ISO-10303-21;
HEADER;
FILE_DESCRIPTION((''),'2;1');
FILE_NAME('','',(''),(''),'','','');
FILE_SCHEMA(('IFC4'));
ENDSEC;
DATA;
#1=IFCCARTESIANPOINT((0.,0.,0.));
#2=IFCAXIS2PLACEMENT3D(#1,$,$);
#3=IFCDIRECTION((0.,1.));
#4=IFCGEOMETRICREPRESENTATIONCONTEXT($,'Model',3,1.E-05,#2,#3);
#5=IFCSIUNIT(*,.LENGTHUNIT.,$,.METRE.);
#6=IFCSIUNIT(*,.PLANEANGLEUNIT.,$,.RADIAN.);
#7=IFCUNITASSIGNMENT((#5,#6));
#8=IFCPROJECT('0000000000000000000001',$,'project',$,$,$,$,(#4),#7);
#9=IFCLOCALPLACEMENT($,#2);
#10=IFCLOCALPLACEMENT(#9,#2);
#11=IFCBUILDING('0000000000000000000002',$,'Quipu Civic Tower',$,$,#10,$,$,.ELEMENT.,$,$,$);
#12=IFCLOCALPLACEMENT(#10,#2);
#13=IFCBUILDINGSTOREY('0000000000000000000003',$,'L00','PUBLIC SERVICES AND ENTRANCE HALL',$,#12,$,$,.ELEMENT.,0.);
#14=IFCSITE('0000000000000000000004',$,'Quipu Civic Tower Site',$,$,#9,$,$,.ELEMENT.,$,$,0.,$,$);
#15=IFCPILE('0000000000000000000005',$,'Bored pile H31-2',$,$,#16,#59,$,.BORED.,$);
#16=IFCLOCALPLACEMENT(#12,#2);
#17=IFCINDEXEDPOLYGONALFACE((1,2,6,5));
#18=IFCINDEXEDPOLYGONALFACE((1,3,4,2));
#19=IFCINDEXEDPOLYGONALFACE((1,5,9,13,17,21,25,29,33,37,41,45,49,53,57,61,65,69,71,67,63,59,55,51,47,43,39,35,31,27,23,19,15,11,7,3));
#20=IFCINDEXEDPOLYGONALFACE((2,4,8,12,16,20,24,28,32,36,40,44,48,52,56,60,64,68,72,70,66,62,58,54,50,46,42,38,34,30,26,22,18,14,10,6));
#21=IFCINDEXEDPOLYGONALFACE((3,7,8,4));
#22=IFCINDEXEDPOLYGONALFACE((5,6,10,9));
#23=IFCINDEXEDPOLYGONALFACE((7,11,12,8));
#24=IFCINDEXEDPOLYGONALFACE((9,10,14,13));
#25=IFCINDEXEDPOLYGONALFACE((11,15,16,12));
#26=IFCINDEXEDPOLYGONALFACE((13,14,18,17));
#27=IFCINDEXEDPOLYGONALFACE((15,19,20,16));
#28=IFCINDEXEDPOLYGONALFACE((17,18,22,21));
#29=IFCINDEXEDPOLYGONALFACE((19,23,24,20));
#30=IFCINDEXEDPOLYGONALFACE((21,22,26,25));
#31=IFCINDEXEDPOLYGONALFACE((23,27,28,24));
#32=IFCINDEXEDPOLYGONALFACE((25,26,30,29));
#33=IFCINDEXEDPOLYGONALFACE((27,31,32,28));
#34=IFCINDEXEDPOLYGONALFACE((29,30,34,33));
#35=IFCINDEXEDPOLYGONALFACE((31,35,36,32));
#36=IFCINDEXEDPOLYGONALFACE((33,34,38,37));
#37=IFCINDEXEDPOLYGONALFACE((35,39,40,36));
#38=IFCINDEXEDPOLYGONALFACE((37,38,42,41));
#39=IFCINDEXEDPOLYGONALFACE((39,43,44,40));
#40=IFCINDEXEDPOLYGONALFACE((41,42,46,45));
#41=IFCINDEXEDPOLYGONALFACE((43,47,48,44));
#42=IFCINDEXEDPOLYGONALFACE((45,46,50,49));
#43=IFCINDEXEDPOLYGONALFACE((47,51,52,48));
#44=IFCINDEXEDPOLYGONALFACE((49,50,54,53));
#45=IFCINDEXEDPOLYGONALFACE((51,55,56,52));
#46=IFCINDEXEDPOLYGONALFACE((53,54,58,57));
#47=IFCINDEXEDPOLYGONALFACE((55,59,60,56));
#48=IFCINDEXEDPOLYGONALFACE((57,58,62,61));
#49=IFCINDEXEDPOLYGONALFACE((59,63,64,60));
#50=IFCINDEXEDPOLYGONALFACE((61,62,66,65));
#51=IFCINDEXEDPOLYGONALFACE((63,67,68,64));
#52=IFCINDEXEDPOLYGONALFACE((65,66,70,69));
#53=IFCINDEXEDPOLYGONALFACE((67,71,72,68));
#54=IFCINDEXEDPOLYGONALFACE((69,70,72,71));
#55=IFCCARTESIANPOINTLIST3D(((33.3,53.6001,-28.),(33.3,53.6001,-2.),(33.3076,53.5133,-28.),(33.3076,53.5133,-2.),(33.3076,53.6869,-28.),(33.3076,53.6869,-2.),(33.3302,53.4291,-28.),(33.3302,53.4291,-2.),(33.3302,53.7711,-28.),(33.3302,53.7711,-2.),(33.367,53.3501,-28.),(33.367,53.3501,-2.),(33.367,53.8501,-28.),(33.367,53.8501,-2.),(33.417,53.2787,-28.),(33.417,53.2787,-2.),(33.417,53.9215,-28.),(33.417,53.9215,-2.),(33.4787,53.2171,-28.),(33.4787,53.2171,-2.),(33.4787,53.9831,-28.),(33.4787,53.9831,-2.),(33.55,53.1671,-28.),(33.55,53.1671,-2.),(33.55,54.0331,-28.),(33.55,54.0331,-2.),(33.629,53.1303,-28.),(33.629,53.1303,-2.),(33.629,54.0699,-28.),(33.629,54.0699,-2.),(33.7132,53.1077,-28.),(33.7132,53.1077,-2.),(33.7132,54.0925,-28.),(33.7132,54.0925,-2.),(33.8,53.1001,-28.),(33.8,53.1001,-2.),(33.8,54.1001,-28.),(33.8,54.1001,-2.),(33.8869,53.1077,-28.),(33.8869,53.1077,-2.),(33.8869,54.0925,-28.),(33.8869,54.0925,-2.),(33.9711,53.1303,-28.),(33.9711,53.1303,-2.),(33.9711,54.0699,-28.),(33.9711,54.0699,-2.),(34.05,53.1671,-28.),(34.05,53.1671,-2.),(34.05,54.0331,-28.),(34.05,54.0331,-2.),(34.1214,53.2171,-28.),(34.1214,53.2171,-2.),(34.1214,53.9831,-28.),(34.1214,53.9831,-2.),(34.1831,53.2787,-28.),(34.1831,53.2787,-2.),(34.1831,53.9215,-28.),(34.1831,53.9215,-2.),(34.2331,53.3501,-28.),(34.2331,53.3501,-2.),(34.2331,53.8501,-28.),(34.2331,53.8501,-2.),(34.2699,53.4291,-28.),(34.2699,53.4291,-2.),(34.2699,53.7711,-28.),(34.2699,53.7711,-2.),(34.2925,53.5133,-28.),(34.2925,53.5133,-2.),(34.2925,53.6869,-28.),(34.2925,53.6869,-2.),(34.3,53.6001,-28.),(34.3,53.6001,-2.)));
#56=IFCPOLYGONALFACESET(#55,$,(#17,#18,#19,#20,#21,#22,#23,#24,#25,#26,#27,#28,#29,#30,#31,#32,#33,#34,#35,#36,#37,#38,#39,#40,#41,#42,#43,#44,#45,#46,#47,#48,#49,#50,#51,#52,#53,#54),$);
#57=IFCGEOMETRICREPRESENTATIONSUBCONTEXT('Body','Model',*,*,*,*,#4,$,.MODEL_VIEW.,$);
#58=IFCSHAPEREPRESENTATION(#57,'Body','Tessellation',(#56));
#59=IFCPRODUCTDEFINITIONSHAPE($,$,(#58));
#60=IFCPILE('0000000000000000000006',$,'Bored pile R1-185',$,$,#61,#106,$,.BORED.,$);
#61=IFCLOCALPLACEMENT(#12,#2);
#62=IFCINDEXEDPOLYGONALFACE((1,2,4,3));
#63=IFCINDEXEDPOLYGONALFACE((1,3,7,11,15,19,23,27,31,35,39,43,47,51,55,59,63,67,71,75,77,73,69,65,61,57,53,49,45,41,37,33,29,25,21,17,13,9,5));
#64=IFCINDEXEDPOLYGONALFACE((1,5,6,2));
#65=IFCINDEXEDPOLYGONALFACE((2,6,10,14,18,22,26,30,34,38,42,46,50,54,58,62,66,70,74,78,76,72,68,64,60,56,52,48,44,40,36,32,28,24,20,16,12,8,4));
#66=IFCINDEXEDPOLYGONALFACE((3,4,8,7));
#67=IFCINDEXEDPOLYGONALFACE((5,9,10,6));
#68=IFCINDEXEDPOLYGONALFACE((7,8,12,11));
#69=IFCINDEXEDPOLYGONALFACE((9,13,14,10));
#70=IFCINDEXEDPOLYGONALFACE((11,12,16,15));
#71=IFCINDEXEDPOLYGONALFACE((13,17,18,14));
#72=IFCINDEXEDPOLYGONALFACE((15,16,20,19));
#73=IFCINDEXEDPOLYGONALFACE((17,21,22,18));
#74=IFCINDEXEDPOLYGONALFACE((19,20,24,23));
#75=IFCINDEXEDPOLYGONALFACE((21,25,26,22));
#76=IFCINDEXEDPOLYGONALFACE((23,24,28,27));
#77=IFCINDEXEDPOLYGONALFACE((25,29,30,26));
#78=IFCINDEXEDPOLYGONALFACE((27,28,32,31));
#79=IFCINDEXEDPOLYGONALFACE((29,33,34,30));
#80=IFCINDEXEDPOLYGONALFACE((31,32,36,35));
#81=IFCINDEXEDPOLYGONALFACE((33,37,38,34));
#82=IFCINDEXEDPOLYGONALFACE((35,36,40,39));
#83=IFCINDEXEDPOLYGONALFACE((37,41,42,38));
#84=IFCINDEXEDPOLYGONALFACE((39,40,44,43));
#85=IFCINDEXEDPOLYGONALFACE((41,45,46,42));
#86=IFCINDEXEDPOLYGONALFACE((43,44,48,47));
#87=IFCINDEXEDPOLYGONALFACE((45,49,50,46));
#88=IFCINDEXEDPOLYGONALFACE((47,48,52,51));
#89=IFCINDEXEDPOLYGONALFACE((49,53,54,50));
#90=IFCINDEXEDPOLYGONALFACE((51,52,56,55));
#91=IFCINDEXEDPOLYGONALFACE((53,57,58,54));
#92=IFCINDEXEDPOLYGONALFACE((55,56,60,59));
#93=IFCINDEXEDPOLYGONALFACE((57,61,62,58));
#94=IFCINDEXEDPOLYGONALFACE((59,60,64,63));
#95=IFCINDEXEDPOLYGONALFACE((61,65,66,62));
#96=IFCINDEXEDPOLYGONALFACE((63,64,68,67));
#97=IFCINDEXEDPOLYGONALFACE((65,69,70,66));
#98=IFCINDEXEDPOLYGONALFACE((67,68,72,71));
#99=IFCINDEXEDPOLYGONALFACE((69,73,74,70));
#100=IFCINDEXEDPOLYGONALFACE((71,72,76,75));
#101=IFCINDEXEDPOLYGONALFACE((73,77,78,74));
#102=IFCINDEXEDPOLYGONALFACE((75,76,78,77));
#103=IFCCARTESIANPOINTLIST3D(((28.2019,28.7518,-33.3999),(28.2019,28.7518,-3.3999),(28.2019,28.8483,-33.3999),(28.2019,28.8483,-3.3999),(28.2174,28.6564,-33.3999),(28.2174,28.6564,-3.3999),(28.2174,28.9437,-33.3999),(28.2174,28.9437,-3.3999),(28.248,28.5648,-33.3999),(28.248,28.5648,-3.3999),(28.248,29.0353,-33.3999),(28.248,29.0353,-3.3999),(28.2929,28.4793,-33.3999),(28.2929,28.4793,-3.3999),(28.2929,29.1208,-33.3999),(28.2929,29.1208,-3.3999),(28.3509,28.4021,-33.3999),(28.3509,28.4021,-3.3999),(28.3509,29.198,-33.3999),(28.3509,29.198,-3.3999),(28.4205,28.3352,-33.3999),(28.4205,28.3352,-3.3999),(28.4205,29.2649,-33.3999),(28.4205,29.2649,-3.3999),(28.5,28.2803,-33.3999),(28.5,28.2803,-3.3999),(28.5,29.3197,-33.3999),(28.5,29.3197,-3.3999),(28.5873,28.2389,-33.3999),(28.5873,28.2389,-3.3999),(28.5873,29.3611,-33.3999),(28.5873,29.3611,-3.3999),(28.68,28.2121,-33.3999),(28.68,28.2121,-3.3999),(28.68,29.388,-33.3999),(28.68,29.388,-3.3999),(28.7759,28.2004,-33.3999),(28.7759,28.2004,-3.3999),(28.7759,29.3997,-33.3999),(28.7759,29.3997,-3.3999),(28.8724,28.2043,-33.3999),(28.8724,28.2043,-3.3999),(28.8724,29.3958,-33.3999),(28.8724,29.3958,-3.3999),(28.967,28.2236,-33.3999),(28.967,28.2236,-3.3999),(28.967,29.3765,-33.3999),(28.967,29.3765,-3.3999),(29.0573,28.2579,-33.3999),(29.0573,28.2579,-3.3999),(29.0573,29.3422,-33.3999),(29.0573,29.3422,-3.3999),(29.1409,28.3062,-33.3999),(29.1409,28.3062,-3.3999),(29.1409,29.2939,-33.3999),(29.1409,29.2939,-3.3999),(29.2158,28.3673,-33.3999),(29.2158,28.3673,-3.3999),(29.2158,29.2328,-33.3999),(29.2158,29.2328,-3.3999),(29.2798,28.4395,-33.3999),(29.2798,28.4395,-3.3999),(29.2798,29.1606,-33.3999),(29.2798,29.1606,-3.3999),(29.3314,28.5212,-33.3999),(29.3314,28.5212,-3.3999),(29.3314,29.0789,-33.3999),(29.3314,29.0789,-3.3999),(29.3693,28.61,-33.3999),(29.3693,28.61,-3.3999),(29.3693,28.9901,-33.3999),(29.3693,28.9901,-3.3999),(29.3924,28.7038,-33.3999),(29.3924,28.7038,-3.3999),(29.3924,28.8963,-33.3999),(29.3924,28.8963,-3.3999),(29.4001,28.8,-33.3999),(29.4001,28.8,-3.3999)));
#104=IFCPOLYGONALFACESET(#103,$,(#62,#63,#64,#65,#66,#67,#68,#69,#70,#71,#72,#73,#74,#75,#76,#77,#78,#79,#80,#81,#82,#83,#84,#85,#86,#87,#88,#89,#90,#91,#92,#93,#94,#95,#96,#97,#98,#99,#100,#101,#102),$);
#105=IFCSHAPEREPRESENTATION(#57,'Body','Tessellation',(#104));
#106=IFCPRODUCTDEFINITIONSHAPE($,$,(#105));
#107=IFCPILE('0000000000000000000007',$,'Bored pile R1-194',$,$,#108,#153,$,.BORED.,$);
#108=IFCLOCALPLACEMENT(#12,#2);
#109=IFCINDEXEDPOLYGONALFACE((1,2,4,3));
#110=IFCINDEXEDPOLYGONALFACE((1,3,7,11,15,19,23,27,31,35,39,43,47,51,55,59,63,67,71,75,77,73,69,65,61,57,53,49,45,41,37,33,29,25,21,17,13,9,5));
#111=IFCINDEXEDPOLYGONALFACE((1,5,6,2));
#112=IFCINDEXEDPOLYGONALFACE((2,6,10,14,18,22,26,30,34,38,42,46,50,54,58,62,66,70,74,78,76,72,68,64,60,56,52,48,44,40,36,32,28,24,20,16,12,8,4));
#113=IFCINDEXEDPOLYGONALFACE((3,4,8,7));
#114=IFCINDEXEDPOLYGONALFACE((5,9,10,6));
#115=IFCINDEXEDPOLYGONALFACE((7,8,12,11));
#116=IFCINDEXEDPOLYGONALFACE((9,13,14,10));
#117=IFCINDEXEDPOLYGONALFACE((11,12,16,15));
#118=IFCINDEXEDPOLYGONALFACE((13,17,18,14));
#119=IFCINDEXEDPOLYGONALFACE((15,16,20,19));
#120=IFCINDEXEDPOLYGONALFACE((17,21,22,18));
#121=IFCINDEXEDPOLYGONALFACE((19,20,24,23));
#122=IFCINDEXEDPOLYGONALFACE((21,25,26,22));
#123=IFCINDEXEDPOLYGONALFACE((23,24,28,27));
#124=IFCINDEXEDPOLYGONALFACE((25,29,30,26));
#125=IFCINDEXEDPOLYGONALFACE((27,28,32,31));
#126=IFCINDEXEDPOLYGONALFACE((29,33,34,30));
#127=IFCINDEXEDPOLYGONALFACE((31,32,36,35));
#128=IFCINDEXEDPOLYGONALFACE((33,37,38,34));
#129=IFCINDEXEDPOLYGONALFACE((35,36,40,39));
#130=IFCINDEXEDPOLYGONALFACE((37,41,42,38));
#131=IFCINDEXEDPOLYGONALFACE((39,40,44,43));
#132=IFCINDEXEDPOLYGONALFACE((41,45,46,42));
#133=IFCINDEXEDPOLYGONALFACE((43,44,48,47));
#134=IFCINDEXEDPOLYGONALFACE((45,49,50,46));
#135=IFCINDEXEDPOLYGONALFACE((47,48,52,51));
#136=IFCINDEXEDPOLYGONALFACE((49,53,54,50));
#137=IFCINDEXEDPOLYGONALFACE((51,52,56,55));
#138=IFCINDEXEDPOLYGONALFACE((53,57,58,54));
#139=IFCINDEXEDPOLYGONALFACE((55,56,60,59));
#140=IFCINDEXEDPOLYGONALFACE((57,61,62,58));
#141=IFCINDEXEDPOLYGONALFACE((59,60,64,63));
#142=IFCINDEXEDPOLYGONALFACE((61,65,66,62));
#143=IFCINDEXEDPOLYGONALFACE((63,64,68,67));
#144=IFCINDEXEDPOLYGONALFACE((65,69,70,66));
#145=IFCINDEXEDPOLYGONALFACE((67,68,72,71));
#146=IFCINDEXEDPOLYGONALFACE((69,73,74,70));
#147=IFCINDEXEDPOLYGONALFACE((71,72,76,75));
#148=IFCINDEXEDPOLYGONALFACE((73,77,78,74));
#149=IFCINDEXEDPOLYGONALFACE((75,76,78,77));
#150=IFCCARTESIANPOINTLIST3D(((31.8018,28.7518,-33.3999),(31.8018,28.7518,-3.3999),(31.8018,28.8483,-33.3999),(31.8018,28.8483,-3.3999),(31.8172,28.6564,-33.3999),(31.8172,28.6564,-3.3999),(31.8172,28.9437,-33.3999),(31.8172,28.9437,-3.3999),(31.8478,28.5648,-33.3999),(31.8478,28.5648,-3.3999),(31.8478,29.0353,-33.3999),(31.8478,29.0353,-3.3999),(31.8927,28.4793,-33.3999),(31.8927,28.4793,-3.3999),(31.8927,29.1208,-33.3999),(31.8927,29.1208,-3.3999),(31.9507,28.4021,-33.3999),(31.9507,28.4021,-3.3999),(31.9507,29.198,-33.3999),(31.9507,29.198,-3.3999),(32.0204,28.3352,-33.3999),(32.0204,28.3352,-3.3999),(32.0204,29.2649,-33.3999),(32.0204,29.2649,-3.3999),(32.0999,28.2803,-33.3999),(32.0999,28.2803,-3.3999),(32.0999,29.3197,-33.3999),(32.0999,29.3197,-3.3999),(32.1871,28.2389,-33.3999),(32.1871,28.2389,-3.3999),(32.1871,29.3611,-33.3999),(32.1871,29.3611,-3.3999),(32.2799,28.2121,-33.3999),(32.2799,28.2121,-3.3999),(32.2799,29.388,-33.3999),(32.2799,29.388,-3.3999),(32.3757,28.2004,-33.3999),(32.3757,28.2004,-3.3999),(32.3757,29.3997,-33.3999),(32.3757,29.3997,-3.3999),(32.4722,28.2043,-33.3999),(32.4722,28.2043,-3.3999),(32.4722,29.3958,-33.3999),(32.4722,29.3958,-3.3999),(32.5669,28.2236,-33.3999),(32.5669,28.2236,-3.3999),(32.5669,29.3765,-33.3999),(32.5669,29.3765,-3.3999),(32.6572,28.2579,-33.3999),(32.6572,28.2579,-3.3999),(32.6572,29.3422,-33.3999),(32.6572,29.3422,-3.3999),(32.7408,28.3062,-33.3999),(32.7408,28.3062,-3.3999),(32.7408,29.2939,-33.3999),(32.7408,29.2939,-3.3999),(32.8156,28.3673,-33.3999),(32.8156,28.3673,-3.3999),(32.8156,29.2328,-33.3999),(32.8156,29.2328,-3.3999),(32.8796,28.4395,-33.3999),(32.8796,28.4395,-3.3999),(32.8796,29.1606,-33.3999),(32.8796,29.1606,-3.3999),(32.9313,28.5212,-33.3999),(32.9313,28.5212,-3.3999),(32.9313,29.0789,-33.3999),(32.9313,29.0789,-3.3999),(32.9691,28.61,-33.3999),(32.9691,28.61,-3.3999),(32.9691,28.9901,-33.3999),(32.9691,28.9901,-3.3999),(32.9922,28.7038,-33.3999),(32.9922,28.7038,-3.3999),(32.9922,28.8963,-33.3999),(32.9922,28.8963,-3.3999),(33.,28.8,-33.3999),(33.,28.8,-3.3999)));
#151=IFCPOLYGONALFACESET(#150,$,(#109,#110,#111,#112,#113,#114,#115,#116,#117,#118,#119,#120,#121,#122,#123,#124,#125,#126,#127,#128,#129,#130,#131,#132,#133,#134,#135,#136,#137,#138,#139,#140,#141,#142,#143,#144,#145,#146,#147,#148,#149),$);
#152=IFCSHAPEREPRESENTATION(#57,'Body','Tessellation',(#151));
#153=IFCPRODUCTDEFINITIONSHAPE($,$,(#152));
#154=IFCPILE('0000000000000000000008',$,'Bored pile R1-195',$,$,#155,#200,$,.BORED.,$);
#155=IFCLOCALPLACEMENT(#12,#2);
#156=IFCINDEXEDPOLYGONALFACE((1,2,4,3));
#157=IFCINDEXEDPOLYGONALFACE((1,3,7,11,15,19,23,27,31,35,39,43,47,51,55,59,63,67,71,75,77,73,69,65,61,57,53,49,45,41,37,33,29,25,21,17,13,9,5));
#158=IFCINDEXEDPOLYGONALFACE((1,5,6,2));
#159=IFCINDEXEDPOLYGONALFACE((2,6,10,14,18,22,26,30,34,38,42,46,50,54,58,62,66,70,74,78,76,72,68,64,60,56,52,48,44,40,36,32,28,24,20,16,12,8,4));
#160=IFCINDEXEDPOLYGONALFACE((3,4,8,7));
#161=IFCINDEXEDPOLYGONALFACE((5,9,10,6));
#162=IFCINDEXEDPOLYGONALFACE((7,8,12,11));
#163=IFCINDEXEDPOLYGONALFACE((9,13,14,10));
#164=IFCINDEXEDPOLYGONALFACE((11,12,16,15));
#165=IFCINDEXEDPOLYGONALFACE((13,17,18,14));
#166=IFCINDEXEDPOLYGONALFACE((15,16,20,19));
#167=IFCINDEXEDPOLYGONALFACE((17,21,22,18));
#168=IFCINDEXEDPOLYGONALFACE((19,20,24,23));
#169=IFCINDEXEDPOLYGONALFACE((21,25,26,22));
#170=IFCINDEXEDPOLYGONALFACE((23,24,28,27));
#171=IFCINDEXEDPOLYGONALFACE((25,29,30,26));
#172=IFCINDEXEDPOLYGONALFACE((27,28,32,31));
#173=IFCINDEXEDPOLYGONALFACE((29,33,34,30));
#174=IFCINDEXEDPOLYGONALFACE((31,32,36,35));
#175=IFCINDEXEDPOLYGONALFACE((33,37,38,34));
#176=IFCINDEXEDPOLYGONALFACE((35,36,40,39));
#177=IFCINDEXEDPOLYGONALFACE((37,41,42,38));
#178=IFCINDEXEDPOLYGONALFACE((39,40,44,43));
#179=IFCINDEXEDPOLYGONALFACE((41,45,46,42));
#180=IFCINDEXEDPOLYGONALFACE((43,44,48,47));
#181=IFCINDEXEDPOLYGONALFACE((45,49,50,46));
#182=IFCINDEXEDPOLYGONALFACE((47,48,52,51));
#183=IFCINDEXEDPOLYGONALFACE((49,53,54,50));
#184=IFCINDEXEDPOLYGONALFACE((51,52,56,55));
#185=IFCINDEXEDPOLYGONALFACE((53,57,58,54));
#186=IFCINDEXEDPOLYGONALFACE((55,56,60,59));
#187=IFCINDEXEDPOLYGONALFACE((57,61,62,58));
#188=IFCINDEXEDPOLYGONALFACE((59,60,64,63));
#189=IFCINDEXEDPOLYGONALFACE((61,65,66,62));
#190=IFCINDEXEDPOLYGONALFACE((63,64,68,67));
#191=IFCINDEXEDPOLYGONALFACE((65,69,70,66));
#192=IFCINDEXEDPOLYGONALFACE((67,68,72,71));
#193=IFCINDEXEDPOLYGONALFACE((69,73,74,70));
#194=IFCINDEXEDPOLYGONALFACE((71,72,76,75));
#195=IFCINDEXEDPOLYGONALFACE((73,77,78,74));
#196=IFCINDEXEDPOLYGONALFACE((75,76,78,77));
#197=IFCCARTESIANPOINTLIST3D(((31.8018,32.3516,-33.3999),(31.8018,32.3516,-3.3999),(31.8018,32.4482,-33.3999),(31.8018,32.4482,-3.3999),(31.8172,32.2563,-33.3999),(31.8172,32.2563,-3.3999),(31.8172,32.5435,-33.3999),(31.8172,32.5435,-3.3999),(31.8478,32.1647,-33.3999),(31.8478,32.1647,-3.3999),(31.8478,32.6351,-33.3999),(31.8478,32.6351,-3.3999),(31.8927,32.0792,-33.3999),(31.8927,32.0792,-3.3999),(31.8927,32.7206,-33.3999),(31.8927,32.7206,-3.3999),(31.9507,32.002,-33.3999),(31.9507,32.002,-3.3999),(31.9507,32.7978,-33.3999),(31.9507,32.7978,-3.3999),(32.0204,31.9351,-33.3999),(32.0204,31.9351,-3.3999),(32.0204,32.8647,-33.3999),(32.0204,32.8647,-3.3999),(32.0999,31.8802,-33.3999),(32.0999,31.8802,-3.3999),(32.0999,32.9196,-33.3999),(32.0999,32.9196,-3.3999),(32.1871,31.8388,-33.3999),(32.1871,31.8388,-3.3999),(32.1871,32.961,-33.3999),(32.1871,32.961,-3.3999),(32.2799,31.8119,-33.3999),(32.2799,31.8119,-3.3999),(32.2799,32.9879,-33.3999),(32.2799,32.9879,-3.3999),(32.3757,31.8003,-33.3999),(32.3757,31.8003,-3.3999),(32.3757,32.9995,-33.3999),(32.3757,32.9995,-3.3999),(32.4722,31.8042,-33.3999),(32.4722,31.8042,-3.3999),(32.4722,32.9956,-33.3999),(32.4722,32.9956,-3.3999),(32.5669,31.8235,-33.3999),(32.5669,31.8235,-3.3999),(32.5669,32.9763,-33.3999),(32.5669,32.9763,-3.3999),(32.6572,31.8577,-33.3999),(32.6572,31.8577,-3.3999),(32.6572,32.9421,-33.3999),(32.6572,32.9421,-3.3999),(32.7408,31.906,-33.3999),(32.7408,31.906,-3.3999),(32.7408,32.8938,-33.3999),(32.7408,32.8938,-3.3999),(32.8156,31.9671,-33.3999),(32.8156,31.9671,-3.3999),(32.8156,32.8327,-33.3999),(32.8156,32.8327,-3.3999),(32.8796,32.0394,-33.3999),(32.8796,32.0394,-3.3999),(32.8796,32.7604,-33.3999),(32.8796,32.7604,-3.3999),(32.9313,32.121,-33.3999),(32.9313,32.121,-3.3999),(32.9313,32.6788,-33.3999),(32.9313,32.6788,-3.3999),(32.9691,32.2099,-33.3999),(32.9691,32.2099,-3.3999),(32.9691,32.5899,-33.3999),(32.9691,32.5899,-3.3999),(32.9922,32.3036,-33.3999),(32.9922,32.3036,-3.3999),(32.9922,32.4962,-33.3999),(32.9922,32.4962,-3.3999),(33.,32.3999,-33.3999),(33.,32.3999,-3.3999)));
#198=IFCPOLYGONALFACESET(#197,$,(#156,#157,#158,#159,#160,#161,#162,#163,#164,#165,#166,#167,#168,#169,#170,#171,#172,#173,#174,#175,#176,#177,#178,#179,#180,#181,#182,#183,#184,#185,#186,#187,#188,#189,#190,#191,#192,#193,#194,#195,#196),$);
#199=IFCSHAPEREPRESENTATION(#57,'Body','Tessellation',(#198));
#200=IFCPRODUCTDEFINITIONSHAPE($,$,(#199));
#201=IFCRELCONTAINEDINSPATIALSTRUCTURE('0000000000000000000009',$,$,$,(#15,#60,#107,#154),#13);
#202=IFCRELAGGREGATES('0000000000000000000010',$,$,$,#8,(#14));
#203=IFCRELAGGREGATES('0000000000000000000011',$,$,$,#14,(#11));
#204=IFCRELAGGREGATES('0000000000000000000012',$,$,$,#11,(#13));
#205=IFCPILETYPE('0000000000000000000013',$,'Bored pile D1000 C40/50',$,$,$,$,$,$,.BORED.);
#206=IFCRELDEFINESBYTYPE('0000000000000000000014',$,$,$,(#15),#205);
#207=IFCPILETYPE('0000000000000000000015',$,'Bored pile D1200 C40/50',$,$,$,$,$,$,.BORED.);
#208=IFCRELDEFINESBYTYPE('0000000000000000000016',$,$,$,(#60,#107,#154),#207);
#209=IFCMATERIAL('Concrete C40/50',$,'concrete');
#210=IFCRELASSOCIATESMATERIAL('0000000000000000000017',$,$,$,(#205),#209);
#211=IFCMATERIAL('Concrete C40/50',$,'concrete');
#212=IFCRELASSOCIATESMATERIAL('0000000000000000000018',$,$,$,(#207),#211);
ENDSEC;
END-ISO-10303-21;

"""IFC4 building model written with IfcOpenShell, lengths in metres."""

from ifc_helpers import new_model, si_unit, direction, frame, origin, origin_2d, place, context, subcontext, project, spatial, circle, extrude, material, material_profile, profile_set, type_object, element, save


model = new_model("IFC4")

# Units and contexts
model_context = context("Model", 3, precision=1e-05, world=origin(), true_north=direction((0.0, 1.0)))
body_context = subcontext(model_context, "Body", "Model", "MODEL_VIEW")
ifc_project = project(units=[si_unit("LENGTHUNIT", "METRE"), si_unit("PLANEANGLEUNIT", "RADIAN")], contexts=[model_context])

# Site, building, storey
site_placement = place(None, origin())
site = spatial("IfcSite", under=ifc_project, at=site_placement, Name="Quipu Civic Tower Site", CompositionType="ELEMENT", RefElevation=0.0)
building_placement = place(site_placement, origin())
building = spatial("IfcBuilding", under=site, at=building_placement, Name="Quipu Civic Tower", CompositionType="ELEMENT")
storey_placement = place(building_placement, origin())
storey = spatial("IfcBuildingStorey", under=building, at=storey_placement, Name="L00", Description="PUBLIC SERVICES AND ENTRANCE HALL", CompositionType="ELEMENT", Elevation=0.0)

# Piles
ifc_material_1 = material(Name="Concrete C40/50", Category="concrete")
ifc_material_profile_1 = material_profile(ifc_material_1, circle(Radius=0.5, at=origin_2d()), Name="RCD1000")
ifc_profile_set_1 = profile_set([ifc_material_profile_1], Name="Concrete C40/50")
pile_type_1 = type_object("IfcPileType", Name="Bored pile D1000 C40/50", PredefinedType="BORED", material=ifc_profile_set_1)
for number, where, z_axis, x_axis, name in (
    (1, (33.8, 53.6001, -2.0), (0.0, 0.0, -1.0), (1.0, 0.0, 0.0), "Bored pile H31-2"),
):
    element("IfcPile", number, at=place(storey_placement, frame(where, z_axis=z_axis, x_axis=x_axis)), inside=storey, type_object=pile_type_1, Name=name, PredefinedType="BORED", context=body_context, shape_type="SweptSolid", body=[
        extrude(circle(Radius=0.5, at=origin_2d()), origin(), (0.0, 0.0, 1.0), 26.0),
    ])
ifc_material_2 = material(Name="Concrete C40/50", Category="concrete")
ifc_material_profile_2 = material_profile(ifc_material_2, circle(Radius=0.6001, at=origin_2d()), Name="RCD1200")
ifc_profile_set_2 = profile_set([ifc_material_profile_2], Name="Concrete C40/50")
pile_type_2 = type_object("IfcPileType", Name="Bored pile D1200 C40/50", PredefinedType="BORED", material=ifc_profile_set_2)
for number, where, z_axis, x_axis, name in (
    (2, (28.8, 28.8, -3.3999), (0.0, 0.0, -1.0), (1.0, 0.0, 0.0), "Bored pile R1-185"),
    (3, (32.3999, 28.8, -3.3999), (0.0, 0.0, -1.0), (1.0, 0.0, 0.0), "Bored pile R1-194"),
    (4, (32.3999, 32.3999, -3.3999), (0.0, 0.0, -1.0), (1.0, 0.0, 0.0), "Bored pile R1-195"),
):
    element("IfcPile", number, at=place(storey_placement, frame(where, z_axis=z_axis, x_axis=x_axis)), inside=storey, type_object=pile_type_2, Name=name, PredefinedType="BORED", context=body_context, shape_type="SweptSolid", body=[
        extrude(circle(Radius=0.6001, at=origin_2d()), origin(), (0.0, 0.0, 1.0), 30.0),
    ])

save(model, "model.ifc")
